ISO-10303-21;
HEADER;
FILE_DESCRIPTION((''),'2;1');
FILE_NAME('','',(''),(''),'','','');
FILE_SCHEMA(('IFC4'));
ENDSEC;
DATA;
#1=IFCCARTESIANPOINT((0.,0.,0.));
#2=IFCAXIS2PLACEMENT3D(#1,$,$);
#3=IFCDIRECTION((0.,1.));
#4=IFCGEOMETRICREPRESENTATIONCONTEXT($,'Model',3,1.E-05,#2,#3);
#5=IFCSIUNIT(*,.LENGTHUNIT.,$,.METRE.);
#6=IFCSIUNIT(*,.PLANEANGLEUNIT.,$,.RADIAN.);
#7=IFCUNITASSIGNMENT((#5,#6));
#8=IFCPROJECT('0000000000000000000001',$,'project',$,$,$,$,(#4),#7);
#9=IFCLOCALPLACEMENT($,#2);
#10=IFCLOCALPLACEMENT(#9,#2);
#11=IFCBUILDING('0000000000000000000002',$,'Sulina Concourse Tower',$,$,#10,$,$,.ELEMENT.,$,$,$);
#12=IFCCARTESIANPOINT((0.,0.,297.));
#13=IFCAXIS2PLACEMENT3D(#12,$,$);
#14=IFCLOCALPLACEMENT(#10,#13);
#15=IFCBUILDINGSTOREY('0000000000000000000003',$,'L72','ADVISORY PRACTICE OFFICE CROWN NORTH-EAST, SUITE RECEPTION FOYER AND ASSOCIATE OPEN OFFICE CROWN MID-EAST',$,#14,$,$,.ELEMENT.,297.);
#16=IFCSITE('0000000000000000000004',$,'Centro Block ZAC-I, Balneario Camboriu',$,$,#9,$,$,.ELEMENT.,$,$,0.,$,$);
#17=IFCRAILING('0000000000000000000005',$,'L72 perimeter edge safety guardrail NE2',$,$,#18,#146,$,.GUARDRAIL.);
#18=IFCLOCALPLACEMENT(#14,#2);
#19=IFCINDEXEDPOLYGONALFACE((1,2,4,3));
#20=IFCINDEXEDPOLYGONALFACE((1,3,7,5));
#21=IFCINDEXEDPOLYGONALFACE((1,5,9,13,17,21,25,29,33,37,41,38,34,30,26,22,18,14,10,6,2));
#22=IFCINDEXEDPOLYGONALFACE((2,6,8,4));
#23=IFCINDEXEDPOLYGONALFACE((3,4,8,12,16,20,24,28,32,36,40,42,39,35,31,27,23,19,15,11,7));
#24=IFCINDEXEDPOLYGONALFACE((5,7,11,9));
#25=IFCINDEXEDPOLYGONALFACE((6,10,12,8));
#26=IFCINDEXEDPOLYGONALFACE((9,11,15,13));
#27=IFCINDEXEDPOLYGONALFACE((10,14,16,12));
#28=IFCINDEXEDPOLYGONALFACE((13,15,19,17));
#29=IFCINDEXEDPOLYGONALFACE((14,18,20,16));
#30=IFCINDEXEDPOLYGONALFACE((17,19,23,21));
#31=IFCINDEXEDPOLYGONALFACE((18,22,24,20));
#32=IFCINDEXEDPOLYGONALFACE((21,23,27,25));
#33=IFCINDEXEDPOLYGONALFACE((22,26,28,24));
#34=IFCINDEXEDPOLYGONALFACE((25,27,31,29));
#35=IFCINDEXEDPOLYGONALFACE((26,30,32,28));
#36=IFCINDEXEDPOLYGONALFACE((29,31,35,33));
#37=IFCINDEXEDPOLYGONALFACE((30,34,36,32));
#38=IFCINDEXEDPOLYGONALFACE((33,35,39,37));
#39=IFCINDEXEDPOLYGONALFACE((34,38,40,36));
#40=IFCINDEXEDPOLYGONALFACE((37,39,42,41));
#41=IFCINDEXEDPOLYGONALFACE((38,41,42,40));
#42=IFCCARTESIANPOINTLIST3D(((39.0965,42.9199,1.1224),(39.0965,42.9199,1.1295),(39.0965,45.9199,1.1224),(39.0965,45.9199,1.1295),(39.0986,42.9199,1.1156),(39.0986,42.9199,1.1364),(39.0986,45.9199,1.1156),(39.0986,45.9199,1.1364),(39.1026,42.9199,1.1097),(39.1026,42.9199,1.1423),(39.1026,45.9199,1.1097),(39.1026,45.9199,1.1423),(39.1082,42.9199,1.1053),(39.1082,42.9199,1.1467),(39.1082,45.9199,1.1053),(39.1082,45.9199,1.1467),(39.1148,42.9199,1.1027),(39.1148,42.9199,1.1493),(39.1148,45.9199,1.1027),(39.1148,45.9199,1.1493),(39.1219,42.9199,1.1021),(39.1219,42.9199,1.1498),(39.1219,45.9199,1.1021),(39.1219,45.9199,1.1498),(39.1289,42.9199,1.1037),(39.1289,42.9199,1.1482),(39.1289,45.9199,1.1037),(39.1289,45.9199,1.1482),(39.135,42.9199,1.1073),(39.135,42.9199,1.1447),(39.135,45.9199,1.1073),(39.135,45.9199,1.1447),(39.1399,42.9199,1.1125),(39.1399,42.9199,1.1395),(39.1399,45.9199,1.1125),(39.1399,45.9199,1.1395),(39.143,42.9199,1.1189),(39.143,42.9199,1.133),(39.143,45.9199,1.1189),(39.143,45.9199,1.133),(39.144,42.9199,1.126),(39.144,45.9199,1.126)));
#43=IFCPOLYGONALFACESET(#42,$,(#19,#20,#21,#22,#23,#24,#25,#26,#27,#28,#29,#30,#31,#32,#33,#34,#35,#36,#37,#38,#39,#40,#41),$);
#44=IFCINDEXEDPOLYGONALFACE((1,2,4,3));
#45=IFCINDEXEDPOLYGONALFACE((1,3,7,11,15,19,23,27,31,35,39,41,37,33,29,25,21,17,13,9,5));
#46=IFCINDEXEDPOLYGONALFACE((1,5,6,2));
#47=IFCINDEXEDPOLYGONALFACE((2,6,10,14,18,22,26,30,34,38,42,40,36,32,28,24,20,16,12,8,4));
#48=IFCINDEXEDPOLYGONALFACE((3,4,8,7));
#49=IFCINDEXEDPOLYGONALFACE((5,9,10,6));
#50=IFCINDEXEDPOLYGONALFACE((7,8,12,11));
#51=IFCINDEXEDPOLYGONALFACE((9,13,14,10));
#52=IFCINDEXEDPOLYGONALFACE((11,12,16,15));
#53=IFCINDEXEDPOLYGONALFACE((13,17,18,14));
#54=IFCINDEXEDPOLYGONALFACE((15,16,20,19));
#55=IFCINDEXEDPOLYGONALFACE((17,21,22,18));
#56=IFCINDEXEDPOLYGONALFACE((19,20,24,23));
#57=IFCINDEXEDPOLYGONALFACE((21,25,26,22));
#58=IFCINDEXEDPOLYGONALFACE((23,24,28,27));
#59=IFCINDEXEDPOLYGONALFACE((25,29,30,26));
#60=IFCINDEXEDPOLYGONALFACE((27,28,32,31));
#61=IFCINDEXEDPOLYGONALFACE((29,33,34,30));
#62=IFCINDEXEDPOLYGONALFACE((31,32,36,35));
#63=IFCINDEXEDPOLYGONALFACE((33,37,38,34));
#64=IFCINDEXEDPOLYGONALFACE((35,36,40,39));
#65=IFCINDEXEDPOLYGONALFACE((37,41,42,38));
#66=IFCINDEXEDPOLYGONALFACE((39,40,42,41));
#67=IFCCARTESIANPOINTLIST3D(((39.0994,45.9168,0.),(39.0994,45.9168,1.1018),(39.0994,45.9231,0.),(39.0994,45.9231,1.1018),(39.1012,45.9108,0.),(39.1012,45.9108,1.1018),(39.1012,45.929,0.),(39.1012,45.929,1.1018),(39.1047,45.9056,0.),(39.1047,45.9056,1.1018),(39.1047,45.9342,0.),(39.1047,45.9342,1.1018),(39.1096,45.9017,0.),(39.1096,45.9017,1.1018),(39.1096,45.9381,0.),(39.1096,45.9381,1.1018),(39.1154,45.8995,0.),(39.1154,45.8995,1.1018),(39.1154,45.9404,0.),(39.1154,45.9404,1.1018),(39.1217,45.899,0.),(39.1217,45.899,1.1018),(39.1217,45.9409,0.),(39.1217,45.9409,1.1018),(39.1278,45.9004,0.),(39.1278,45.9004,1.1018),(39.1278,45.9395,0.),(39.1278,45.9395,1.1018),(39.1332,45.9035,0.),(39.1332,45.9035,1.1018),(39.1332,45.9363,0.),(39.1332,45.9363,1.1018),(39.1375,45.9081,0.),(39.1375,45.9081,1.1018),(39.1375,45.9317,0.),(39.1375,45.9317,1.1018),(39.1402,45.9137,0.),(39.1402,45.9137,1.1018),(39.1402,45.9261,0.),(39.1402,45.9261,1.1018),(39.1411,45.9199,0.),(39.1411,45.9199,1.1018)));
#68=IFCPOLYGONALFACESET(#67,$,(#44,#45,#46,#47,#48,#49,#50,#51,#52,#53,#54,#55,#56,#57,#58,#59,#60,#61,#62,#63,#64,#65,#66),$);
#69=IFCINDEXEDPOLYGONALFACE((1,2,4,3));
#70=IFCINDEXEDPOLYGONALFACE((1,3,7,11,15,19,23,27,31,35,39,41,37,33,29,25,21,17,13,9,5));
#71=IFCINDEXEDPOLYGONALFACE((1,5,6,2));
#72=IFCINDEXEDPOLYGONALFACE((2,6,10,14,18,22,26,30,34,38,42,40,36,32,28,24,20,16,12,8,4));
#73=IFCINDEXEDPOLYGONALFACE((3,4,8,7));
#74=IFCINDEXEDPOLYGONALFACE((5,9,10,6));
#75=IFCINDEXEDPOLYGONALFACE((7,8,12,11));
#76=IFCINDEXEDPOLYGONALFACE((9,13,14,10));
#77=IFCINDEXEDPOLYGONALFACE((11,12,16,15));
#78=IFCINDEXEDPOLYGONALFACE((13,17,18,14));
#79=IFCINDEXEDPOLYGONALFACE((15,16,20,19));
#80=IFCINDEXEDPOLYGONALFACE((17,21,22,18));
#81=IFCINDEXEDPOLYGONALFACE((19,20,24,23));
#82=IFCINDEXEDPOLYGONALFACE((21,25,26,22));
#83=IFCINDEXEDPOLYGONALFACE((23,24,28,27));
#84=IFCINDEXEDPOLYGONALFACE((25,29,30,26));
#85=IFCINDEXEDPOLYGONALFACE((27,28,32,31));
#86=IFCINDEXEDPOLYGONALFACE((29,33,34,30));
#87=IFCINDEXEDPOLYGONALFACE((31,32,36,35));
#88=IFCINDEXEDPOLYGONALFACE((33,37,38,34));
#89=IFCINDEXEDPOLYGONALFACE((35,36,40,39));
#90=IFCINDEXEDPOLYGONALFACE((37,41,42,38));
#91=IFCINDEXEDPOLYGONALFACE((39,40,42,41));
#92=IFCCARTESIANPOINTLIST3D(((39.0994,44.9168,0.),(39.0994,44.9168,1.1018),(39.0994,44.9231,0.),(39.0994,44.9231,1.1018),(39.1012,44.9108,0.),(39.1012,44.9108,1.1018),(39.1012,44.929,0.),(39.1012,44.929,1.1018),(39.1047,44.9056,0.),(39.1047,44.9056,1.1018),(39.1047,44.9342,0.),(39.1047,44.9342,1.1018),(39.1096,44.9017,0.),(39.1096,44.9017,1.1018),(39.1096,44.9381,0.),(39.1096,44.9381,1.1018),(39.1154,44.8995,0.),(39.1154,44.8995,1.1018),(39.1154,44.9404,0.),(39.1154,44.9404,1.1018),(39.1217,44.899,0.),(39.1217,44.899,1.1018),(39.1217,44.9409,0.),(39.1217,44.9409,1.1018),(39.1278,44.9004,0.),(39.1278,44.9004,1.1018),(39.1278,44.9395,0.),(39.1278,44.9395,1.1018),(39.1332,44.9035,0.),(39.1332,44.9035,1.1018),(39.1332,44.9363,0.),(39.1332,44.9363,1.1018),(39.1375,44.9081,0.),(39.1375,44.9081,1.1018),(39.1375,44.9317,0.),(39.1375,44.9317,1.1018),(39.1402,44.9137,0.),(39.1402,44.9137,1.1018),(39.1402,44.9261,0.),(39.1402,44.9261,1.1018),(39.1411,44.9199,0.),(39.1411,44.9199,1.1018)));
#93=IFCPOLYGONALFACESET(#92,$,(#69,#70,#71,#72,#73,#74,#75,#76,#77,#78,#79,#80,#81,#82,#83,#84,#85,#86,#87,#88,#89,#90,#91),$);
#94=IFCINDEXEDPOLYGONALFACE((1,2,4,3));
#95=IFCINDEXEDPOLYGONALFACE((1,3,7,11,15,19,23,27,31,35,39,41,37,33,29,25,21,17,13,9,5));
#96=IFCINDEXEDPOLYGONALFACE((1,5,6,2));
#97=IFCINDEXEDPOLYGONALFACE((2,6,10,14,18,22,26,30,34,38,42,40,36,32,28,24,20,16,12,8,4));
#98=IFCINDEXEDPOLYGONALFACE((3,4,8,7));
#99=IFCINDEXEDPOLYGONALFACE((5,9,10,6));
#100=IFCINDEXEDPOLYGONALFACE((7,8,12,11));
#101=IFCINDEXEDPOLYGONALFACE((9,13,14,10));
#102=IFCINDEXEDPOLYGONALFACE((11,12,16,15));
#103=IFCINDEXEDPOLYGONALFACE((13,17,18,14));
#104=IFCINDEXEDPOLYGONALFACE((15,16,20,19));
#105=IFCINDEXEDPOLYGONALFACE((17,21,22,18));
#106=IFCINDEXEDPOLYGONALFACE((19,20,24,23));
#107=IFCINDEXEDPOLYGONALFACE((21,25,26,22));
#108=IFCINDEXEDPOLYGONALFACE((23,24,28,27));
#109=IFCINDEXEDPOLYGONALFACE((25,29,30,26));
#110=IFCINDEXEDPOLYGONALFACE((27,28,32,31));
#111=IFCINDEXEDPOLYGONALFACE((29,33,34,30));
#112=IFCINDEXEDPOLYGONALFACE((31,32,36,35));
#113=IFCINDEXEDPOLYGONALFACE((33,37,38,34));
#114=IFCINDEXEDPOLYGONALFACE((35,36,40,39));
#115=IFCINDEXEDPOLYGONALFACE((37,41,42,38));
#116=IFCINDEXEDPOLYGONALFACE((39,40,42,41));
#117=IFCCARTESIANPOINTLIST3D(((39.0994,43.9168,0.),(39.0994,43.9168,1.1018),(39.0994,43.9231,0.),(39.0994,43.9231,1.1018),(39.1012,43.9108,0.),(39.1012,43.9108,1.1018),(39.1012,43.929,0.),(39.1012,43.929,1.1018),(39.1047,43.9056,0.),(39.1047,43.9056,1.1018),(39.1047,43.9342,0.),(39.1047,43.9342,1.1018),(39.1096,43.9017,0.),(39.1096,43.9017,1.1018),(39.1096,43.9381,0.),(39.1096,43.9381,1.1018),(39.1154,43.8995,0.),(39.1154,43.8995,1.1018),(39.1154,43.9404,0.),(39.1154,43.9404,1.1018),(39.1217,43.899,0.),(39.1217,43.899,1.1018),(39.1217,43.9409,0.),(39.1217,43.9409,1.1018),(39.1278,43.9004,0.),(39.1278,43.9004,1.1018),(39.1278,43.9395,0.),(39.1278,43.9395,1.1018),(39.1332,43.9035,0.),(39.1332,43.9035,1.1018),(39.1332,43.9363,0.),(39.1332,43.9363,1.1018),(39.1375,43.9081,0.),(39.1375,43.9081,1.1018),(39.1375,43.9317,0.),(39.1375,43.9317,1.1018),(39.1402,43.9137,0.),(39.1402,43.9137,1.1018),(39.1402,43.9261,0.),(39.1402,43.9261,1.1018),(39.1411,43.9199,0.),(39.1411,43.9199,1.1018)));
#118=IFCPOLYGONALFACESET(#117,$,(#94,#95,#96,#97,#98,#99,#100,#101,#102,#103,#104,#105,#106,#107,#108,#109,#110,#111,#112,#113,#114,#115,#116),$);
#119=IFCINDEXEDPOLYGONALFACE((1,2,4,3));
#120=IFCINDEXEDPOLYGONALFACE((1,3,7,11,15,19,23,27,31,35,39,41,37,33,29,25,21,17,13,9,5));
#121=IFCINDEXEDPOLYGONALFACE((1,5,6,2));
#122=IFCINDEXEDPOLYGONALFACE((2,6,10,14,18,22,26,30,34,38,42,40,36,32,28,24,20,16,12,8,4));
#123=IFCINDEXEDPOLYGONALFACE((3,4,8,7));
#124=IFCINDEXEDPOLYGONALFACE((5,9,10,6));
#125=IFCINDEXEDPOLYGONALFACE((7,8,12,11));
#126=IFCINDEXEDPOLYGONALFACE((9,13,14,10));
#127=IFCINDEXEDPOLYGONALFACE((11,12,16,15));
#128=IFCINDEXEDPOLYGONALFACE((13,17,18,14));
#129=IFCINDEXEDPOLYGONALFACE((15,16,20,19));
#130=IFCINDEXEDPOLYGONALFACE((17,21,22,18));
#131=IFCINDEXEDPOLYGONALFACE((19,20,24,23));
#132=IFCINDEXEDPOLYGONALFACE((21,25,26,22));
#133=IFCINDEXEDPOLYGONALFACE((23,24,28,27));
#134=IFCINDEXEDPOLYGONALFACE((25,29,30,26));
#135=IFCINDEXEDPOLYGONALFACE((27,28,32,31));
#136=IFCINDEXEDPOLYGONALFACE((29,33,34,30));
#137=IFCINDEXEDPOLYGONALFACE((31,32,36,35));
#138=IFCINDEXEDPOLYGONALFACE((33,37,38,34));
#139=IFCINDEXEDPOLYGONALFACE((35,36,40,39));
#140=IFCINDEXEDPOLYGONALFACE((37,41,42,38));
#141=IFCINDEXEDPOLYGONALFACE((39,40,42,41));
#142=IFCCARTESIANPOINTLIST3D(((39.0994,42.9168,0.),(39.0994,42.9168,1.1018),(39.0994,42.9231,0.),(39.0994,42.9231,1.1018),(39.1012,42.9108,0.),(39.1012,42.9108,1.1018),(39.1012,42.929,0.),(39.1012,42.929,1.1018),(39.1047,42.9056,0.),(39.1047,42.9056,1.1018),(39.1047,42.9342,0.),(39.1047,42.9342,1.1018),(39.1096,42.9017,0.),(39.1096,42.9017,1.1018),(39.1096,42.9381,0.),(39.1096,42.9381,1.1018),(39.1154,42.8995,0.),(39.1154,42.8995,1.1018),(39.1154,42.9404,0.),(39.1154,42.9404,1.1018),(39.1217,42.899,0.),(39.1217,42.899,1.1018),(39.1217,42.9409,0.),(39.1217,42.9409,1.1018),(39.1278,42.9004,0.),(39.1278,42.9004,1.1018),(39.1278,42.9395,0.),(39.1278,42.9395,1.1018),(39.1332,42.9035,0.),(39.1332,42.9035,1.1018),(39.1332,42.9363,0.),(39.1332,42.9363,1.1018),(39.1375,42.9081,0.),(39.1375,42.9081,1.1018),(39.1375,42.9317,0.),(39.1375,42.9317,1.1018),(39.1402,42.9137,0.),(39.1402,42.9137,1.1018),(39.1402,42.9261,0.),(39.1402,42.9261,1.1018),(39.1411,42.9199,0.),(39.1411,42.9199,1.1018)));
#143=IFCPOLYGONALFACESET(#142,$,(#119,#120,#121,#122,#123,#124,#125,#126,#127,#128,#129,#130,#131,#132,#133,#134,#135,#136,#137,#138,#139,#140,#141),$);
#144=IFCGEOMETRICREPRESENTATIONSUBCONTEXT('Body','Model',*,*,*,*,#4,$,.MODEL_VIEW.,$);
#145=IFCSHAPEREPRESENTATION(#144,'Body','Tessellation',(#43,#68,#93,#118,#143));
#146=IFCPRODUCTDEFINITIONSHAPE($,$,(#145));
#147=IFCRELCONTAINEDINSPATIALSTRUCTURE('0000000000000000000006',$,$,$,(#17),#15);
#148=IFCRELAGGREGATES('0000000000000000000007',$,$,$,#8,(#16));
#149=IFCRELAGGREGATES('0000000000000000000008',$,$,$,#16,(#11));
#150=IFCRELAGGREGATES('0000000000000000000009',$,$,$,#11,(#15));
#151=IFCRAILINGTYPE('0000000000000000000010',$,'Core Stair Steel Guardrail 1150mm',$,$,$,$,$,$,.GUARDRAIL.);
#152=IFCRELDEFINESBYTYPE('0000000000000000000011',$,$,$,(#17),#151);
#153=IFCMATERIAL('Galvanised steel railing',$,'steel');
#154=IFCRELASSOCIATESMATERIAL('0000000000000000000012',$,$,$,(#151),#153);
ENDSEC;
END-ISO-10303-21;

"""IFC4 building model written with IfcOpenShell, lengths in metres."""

from ifc_helpers import new_model, si_unit, direction, frame, origin, origin_2d, place, context, subcontext, project, spatial, circle, extrude, material, type_object, element, save


model = new_model("IFC4")

# Units and contexts
model_context = context("Model", 3, precision=1e-05, world=origin(), true_north=direction((0.0, 1.0)))
body_context = subcontext(model_context, "Body", "Model", "MODEL_VIEW")
ifc_project = project(units=[si_unit("LENGTHUNIT", "METRE"), si_unit("PLANEANGLEUNIT", "RADIAN")], contexts=[model_context])

# Site, building, storey
site_placement = place(None, origin())
site = spatial("IfcSite", under=ifc_project, at=site_placement, Name="Centro Block ZAC-I, Balneario Camboriu", CompositionType="ELEMENT", RefElevation=0.0)
building_placement = place(site_placement, origin())
building = spatial("IfcBuilding", under=site, at=building_placement, Name="Sulina Concourse Tower", CompositionType="ELEMENT")
storey_placement = place(building_placement, frame((0.0, 0.0, 297.0)))
storey = spatial("IfcBuildingStorey", under=building, at=storey_placement, Name="L72", Description="ADVISORY PRACTICE OFFICE CROWN NORTH-EAST, SUITE RECEPTION FOYER AND ASSOCIATE OPEN OFFICE CROWN MID-EAST", CompositionType="ELEMENT", Elevation=297.0)

# Railing
ifc_material_1 = material(Name="Galvanised steel railing", Category="steel")
railing_type_1 = type_object("IfcRailingType", Name="Core Stair Steel Guardrail 1150mm", PredefinedType="GUARDRAIL", material=ifc_material_1)
railing_1_placement = place(storey_placement, frame((39.1201, 45.9199, 0.0)))
element("IfcRailing", 1, at=railing_1_placement, inside=storey, type_object=railing_type_1, Name="L72 perimeter edge safety guardrail NE2", PredefinedType="GUARDRAIL", context=body_context, shape_type="SweptSolid", body=[
    extrude(circle(Radius=0.0239, at=origin_2d()), frame((0.0, 0.0, 1.126), z_axis=(0.0, -1.0, 0.0), x_axis=(1.0, 0.0, 0.0)), (0.0, 0.0, 1.0), 3.0),
    extrude(circle(Radius=0.021, at=origin_2d()), origin(), (0.0, 0.0, 1.0), 1.1018),
    extrude(circle(Radius=0.021, at=origin_2d()), frame((0.0, -1.0, 0.0)), (0.0, 0.0, 1.0), 1.1018),
    extrude(circle(Radius=0.021, at=origin_2d()), frame((0.0, -2.0, 0.0)), (0.0, 0.0, 1.0), 1.1018),
    extrude(circle(Radius=0.021, at=origin_2d()), frame((0.0, -3.0, 0.0)), (0.0, 0.0, 1.0), 1.1018),
])

save(model, "model.ifc")
